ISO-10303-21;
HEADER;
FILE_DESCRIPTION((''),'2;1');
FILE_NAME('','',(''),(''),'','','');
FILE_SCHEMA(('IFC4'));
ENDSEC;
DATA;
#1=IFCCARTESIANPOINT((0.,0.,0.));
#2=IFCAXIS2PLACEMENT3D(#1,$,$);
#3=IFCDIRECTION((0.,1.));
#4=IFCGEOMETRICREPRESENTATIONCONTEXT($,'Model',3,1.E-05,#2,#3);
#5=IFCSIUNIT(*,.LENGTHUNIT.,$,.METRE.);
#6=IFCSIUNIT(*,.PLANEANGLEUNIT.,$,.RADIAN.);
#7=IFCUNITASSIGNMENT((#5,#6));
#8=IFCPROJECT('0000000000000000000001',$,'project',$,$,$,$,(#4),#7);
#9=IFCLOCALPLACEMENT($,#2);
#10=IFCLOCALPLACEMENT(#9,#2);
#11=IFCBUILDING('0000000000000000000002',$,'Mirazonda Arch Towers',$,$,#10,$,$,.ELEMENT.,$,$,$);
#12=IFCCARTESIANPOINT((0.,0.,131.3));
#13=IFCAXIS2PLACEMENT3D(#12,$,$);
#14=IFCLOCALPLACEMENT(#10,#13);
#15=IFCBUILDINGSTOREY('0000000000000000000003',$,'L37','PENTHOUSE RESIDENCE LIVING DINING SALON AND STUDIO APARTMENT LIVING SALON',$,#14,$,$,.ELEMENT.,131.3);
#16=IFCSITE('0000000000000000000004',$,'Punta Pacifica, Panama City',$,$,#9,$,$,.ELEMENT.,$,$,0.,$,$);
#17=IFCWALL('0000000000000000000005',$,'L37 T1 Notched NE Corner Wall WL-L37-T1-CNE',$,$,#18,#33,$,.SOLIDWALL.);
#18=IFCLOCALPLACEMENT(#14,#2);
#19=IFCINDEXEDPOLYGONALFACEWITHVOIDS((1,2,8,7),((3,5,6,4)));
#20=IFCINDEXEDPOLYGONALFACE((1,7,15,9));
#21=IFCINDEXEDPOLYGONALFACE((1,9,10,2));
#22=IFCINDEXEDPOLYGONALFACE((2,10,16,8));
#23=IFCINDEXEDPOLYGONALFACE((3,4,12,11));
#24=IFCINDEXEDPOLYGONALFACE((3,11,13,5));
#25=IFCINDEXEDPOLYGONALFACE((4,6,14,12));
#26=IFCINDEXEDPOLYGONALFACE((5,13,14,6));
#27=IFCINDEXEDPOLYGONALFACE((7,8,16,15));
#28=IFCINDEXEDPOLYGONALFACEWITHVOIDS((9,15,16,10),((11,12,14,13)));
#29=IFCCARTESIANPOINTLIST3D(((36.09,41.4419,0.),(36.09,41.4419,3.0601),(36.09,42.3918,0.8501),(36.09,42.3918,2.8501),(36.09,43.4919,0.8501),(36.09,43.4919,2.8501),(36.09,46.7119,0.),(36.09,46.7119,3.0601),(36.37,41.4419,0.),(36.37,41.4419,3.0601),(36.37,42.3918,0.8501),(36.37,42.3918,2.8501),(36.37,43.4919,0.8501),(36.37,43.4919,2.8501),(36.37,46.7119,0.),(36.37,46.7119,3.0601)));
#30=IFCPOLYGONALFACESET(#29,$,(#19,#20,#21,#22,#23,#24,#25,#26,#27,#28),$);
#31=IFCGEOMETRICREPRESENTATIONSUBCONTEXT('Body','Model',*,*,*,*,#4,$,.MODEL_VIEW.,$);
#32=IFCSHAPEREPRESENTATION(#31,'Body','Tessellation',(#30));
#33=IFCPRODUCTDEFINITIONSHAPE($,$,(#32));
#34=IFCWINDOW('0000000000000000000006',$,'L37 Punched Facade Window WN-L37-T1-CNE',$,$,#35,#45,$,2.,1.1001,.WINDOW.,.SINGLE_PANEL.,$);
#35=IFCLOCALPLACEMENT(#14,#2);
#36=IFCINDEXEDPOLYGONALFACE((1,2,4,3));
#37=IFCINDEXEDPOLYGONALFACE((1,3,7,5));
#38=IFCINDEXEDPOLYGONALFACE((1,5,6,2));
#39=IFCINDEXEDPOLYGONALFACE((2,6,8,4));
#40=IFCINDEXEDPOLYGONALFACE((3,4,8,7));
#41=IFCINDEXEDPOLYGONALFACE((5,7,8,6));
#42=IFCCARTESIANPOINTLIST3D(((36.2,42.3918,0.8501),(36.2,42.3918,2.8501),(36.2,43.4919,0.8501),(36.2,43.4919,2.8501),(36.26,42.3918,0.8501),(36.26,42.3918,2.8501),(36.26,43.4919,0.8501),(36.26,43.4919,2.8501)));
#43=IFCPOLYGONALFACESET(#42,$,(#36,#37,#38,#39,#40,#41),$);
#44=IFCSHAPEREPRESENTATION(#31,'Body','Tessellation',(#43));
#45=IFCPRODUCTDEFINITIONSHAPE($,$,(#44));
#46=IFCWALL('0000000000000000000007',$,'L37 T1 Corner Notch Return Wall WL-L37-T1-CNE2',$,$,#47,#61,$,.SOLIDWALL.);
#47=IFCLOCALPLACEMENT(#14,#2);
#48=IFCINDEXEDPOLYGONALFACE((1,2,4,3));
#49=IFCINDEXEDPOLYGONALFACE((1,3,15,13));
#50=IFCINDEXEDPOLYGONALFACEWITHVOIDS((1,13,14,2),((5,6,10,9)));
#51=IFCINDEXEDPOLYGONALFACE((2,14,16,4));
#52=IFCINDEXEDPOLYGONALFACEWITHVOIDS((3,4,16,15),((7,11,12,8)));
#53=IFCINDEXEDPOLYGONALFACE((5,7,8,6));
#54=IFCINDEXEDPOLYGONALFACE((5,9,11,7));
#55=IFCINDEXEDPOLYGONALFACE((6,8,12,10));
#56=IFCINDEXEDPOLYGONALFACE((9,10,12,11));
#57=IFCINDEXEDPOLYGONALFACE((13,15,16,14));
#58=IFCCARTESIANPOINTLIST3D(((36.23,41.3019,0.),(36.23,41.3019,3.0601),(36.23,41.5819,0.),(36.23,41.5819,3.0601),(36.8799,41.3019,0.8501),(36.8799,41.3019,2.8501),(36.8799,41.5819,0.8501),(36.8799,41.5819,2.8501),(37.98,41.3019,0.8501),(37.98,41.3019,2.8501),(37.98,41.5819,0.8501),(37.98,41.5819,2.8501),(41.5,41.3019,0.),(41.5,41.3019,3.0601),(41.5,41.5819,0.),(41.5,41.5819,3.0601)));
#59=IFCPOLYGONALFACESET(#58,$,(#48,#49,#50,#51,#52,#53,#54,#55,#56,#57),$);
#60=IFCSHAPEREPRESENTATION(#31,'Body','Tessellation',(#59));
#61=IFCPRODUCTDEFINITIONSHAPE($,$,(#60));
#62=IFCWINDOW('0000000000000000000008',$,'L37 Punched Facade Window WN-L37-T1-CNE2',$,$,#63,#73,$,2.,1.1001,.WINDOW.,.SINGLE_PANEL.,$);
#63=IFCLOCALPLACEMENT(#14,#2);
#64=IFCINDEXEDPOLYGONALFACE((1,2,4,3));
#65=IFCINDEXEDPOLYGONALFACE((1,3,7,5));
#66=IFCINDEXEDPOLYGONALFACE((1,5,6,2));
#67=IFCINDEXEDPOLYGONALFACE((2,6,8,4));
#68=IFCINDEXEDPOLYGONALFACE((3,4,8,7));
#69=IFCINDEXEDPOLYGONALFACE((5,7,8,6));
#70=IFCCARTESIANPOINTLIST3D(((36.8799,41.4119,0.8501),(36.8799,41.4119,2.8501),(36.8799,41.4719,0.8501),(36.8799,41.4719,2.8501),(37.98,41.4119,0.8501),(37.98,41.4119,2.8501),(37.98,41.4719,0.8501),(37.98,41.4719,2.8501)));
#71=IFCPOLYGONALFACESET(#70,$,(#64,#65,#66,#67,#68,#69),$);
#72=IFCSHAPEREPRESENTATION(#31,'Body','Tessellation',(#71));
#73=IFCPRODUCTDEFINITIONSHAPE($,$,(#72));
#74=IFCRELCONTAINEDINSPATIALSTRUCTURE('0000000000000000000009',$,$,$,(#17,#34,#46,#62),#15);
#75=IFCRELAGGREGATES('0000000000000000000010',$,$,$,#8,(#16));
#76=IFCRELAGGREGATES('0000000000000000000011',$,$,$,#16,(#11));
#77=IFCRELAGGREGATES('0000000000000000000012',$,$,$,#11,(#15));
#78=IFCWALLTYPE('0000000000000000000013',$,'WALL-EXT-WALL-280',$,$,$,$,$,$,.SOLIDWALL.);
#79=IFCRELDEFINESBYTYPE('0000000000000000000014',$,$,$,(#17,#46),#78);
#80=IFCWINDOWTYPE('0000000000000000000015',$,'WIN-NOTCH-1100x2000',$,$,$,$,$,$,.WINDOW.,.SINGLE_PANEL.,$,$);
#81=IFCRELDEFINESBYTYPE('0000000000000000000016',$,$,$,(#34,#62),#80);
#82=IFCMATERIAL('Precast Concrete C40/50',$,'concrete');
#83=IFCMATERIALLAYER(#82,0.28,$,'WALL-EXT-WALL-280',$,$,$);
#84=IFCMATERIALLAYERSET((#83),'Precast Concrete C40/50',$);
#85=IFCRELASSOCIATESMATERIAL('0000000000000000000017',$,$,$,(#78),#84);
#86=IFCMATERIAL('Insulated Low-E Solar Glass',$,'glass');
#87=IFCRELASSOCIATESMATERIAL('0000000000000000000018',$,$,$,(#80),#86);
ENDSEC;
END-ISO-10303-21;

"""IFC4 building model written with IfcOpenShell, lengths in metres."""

from ifc_helpers import new_model, si_unit, direction, frame, frame_2d, origin, place, context, subcontext, project, spatial, rectangle, extrude, material, layer, layer_set, type_object, element, fill, save


model = new_model("IFC4")

# Units and contexts
model_context = context("Model", 3, precision=1e-05, world=origin(), true_north=direction((0.0, 1.0)))
body_context = subcontext(model_context, "Body", "Model", "MODEL_VIEW")
ifc_project = project(units=[si_unit("LENGTHUNIT", "METRE"), si_unit("PLANEANGLEUNIT", "RADIAN")], contexts=[model_context])

# Site, building, storey
site_placement = place(None, origin())
site = spatial("IfcSite", under=ifc_project, at=site_placement, Name="Punta Pacifica, Panama City", CompositionType="ELEMENT", RefElevation=0.0)
building_placement = place(site_placement, origin())
building = spatial("IfcBuilding", under=site, at=building_placement, Name="Mirazonda Arch Towers", CompositionType="ELEMENT")
storey_placement = place(building_placement, frame((0.0, 0.0, 131.3)))
storey = spatial("IfcBuildingStorey", under=building, at=storey_placement, Name="L37", Description="PENTHOUSE RESIDENCE LIVING DINING SALON AND STUDIO APARTMENT LIVING SALON", CompositionType="ELEMENT", Elevation=131.3)

# Shared definitions
ifc_material_1 = material(Name="Insulated Low-E Solar Glass", Category="glass")

# Walls, openings, windows
ifc_material_2 = material(Name="Precast Concrete C40/50", Category="concrete")
ifc_layer_1 = layer(ifc_material_2, 0.28, Name="WALL-EXT-WALL-280")
ifc_layer_set_1 = layer_set([ifc_layer_1], Name="Precast Concrete C40/50")
wall_type_1 = type_object("IfcWallType", Name="WALL-EXT-WALL-280", PredefinedType="SOLIDWALL", material=ifc_layer_set_1)
wall_1_placement = place(storey_placement, frame((36.23, 41.4419, 0.0), z_axis=(0.0, 0.0, 1.0), x_axis=(0.0, 1.0, 0.0)))
wall_1 = element("IfcWall", 1, at=wall_1_placement, inside=storey, type_object=wall_type_1, Name="L37 T1 Notched NE Corner Wall WL-L37-T1-CNE", PredefinedType="SOLIDWALL", context=body_context, shape_type="SweptSolid", body=[
    extrude(rectangle(XDim=5.27, YDim=0.28, at=frame_2d((2.635, 0.0))), origin(), (0.0, 0.0, 1.0), 3.0601),
])
opening_1_placement = place(wall_1_placement, frame((0.95, 0.0, 0.8501)))
opening_1 = element("IfcOpeningElement", 2, at=opening_1_placement, cuts=wall_1, PredefinedType="OPENING", context=body_context, shape_type="SweptSolid", body=[
    extrude(rectangle(XDim=1.1001, YDim=2.0, at=frame_2d((0.55, 1.0))), frame((0.0, 0.1499, 0.0), z_axis=(0.0, -1.0, 0.0), x_axis=(1.0, 0.0, 0.0)), (0.0, 0.0, 1.0), 0.3),
])
window_type = type_object("IfcWindowType", Name="WIN-NOTCH-1100x2000", PartitioningType="SINGLE_PANEL", PredefinedType="WINDOW", material=ifc_material_1)
window_1_placement = place(opening_1_placement, origin())
window_1 = element("IfcWindow", 3, at=window_1_placement, inside=storey, type_object=window_type, Name="L37 Punched Facade Window WN-L37-T1-CNE", OverallHeight=2.0, OverallWidth=1.1001, PartitioningType="SINGLE_PANEL", PredefinedType="WINDOW", context=body_context, shape_type="SweptSolid", body=[
    extrude(rectangle(XDim=1.1001, YDim=2.0, at=frame_2d((0.55, 1.0))), frame((0.0, 0.03, 0.0), z_axis=(0.0, -1.0, 0.0), x_axis=(1.0, 0.0, 0.0)), (0.0, 0.0, 1.0), 0.0601),
])
fill(opening_1, window_1)
wall_2_placement = place(storey_placement, frame((41.5, 41.4419, 0.0), z_axis=(0.0, 0.0, 1.0), x_axis=(-1.0, 0.0, 0.0)))
wall_2 = element("IfcWall", 4, at=wall_2_placement, inside=storey, type_object=wall_type_1, Name="L37 T1 Corner Notch Return Wall WL-L37-T1-CNE2", PredefinedType="SOLIDWALL", context=body_context, shape_type="SweptSolid", body=[
    extrude(rectangle(XDim=5.27, YDim=0.28, at=frame_2d((2.635, 0.0))), origin(), (0.0, 0.0, 1.0), 3.0601),
])
opening_2_placement = place(wall_2_placement, frame((3.52, 0.0, 0.8501)))
opening_2 = element("IfcOpeningElement", 5, at=opening_2_placement, cuts=wall_2, PredefinedType="OPENING", context=body_context, shape_type="SweptSolid", body=[
    extrude(rectangle(XDim=1.1001, YDim=2.0, at=frame_2d((0.55, 1.0))), frame((0.0, 0.1499, 0.0), z_axis=(0.0, -1.0, 0.0), x_axis=(1.0, 0.0, 0.0)), (0.0, 0.0, 1.0), 0.3),
])
window_2_placement = place(opening_2_placement, origin())
window_2 = element("IfcWindow", 6, at=window_2_placement, inside=storey, type_object=window_type, Name="L37 Punched Facade Window WN-L37-T1-CNE2", OverallHeight=2.0, OverallWidth=1.1001, PartitioningType="SINGLE_PANEL", PredefinedType="WINDOW", context=body_context, shape_type="SweptSolid", body=[
    extrude(rectangle(XDim=1.1001, YDim=2.0, at=frame_2d((0.55, 1.0))), frame((0.0, 0.03, 0.0), z_axis=(0.0, -1.0, 0.0), x_axis=(1.0, 0.0, 0.0)), (0.0, 0.0, 1.0), 0.0601),
])
fill(opening_2, window_2)

save(model, "model.ifc")
